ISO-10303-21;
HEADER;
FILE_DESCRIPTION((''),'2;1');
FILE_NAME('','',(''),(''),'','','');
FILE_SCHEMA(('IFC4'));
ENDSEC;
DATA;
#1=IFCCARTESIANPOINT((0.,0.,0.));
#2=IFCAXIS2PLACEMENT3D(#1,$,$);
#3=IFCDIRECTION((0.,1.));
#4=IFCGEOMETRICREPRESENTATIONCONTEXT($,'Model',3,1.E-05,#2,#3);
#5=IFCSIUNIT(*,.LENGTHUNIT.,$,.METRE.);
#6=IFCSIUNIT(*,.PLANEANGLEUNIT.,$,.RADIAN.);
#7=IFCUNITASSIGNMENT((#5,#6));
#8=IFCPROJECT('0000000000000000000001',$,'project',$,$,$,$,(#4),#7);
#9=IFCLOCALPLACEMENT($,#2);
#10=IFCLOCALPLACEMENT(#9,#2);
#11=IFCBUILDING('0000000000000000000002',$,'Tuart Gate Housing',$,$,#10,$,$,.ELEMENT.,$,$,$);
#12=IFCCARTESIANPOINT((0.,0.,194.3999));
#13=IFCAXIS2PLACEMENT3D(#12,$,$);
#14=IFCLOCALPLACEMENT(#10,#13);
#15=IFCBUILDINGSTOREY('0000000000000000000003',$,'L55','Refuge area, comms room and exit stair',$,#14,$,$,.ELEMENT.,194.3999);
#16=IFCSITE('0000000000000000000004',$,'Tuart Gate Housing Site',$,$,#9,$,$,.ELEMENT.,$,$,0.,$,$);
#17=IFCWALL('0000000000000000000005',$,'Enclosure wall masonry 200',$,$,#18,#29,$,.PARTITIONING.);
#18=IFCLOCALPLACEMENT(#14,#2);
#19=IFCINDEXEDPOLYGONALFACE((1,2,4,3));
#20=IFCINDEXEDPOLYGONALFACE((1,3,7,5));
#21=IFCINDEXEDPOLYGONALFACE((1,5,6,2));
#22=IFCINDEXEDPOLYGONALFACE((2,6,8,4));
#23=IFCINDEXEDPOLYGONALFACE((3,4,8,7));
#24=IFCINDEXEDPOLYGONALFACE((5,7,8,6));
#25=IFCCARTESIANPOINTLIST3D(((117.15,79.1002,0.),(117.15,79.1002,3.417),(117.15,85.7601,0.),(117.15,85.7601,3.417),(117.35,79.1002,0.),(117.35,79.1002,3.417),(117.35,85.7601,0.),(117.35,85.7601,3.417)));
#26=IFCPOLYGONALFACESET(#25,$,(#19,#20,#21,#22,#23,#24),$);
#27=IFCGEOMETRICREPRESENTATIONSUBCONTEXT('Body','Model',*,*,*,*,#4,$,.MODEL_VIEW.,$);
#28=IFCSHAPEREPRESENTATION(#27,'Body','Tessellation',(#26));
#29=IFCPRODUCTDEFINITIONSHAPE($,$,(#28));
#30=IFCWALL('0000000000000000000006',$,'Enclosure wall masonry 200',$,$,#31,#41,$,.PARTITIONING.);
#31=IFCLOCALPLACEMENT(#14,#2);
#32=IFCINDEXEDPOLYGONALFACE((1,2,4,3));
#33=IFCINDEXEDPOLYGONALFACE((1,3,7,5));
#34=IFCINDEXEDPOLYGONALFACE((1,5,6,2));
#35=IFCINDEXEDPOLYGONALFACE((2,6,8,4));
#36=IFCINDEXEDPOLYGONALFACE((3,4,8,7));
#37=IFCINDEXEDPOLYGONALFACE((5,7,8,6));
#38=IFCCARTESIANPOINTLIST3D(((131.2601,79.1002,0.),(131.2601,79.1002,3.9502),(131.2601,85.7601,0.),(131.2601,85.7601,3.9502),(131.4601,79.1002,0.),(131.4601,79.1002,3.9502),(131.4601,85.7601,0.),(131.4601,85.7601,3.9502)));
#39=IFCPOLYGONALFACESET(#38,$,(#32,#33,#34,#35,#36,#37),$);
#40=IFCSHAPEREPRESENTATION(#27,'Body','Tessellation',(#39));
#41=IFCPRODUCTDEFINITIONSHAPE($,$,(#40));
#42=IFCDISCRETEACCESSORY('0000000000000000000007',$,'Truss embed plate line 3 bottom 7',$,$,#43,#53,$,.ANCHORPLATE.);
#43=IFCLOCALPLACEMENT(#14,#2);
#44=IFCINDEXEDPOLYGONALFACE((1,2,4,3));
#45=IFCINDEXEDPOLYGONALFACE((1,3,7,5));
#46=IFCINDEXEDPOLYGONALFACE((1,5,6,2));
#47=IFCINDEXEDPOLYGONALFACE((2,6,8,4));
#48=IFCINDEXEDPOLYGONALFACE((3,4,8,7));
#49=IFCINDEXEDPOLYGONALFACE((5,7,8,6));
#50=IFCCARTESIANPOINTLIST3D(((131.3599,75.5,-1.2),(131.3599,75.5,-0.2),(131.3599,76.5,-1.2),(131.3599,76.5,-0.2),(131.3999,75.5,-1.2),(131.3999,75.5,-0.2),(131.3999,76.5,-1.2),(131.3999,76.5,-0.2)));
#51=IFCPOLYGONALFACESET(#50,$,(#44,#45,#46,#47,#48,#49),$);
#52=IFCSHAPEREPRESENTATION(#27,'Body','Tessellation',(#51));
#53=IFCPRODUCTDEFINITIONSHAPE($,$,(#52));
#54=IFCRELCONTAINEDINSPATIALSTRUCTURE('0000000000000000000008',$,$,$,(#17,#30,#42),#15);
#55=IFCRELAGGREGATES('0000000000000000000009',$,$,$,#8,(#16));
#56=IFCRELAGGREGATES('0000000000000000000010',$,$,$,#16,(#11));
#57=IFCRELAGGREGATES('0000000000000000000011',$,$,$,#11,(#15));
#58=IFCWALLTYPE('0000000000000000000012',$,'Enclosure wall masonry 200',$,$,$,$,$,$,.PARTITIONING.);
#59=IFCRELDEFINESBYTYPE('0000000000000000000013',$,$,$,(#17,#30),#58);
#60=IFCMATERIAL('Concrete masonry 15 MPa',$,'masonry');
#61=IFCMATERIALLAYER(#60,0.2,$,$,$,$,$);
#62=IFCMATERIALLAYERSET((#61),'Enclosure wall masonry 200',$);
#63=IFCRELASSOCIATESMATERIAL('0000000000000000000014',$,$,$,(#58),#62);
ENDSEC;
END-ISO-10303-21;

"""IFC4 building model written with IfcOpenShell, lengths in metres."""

from ifc_helpers import new_model, si_unit, direction, frame, frame_2d, origin, origin_2d, place, context, subcontext, project, spatial, rectangle, extrude, material, layer, layer_set, type_object, element, save


model = new_model("IFC4")

# Units and contexts
model_context = context("Model", 3, precision=1e-05, world=origin(), true_north=direction((0.0, 1.0)))
body_context = subcontext(model_context, "Body", "Model", "MODEL_VIEW")
ifc_project = project(units=[si_unit("LENGTHUNIT", "METRE"), si_unit("PLANEANGLEUNIT", "RADIAN")], contexts=[model_context])

# Site, building, storey
site_placement = place(None, origin())
site = spatial("IfcSite", under=ifc_project, at=site_placement, Name="Tuart Gate Housing Site", CompositionType="ELEMENT", RefElevation=0.0)
building_placement = place(site_placement, origin())
building = spatial("IfcBuilding", under=site, at=building_placement, Name="Tuart Gate Housing", CompositionType="ELEMENT")
storey_placement = place(building_placement, frame((0.0, 0.0, 194.3999)))
storey = spatial("IfcBuildingStorey", under=building, at=storey_placement, Name="L55", Description="Refuge area, comms room and exit stair", CompositionType="ELEMENT", Elevation=194.3999)

# Walls
ifc_material_1 = material(Name="Concrete masonry 15 MPa", Category="masonry")
ifc_layer = layer(ifc_material_1, 0.2)
ifc_layer_set = layer_set([ifc_layer], Name="Enclosure wall masonry 200")
wall_type = type_object("IfcWallType", Name="Enclosure wall masonry 200", PredefinedType="PARTITIONING", material=ifc_layer_set)
wall_1_placement = place(storey_placement, frame((117.25, 79.1001, 0.0), z_axis=(0.0, 0.0, 1.0), x_axis=(0.0, 1.0, 0.0)))
element("IfcWall", 1, at=wall_1_placement, inside=storey, type_object=wall_type, Name="Enclosure wall masonry 200", PredefinedType="PARTITIONING", context=body_context, shape_type="SweptSolid", body=[
    extrude(rectangle(XDim=6.6599, YDim=0.2, at=frame_2d((3.3301, 0.0))), origin(), (0.0, 0.0, 1.0), 3.417),
])
wall_2_placement = place(storey_placement, frame((131.3601, 79.1001, 0.0), z_axis=(0.0, 0.0, 1.0), x_axis=(0.0, 1.0, 0.0)))
element("IfcWall", 2, at=wall_2_placement, inside=storey, type_object=wall_type, Name="Enclosure wall masonry 200", PredefinedType="PARTITIONING", context=body_context, shape_type="SweptSolid", body=[
    extrude(rectangle(XDim=6.6599, YDim=0.2, at=frame_2d((3.3301, 0.0))), origin(), (0.0, 0.0, 1.0), 3.9502),
])

# Discrete accessory
discrete_accessory_placement = place(storey_placement, frame((131.3799, 76.0, -1.2), z_axis=(0.0, 0.0, 1.0), x_axis=(1.0, 0.0, 0.0)))
element("IfcDiscreteAccessory", 3, at=discrete_accessory_placement, inside=storey, Name="Truss embed plate line 3 bottom 7", PredefinedType="ANCHORPLATE", context=body_context, shape_type="SweptSolid", body=[
    extrude(rectangle(XDim=0.04, YDim=1.0, at=origin_2d()), origin(), (0.0, 0.0, 1.0), 1.0),
])

save(model, "model.ifc")
